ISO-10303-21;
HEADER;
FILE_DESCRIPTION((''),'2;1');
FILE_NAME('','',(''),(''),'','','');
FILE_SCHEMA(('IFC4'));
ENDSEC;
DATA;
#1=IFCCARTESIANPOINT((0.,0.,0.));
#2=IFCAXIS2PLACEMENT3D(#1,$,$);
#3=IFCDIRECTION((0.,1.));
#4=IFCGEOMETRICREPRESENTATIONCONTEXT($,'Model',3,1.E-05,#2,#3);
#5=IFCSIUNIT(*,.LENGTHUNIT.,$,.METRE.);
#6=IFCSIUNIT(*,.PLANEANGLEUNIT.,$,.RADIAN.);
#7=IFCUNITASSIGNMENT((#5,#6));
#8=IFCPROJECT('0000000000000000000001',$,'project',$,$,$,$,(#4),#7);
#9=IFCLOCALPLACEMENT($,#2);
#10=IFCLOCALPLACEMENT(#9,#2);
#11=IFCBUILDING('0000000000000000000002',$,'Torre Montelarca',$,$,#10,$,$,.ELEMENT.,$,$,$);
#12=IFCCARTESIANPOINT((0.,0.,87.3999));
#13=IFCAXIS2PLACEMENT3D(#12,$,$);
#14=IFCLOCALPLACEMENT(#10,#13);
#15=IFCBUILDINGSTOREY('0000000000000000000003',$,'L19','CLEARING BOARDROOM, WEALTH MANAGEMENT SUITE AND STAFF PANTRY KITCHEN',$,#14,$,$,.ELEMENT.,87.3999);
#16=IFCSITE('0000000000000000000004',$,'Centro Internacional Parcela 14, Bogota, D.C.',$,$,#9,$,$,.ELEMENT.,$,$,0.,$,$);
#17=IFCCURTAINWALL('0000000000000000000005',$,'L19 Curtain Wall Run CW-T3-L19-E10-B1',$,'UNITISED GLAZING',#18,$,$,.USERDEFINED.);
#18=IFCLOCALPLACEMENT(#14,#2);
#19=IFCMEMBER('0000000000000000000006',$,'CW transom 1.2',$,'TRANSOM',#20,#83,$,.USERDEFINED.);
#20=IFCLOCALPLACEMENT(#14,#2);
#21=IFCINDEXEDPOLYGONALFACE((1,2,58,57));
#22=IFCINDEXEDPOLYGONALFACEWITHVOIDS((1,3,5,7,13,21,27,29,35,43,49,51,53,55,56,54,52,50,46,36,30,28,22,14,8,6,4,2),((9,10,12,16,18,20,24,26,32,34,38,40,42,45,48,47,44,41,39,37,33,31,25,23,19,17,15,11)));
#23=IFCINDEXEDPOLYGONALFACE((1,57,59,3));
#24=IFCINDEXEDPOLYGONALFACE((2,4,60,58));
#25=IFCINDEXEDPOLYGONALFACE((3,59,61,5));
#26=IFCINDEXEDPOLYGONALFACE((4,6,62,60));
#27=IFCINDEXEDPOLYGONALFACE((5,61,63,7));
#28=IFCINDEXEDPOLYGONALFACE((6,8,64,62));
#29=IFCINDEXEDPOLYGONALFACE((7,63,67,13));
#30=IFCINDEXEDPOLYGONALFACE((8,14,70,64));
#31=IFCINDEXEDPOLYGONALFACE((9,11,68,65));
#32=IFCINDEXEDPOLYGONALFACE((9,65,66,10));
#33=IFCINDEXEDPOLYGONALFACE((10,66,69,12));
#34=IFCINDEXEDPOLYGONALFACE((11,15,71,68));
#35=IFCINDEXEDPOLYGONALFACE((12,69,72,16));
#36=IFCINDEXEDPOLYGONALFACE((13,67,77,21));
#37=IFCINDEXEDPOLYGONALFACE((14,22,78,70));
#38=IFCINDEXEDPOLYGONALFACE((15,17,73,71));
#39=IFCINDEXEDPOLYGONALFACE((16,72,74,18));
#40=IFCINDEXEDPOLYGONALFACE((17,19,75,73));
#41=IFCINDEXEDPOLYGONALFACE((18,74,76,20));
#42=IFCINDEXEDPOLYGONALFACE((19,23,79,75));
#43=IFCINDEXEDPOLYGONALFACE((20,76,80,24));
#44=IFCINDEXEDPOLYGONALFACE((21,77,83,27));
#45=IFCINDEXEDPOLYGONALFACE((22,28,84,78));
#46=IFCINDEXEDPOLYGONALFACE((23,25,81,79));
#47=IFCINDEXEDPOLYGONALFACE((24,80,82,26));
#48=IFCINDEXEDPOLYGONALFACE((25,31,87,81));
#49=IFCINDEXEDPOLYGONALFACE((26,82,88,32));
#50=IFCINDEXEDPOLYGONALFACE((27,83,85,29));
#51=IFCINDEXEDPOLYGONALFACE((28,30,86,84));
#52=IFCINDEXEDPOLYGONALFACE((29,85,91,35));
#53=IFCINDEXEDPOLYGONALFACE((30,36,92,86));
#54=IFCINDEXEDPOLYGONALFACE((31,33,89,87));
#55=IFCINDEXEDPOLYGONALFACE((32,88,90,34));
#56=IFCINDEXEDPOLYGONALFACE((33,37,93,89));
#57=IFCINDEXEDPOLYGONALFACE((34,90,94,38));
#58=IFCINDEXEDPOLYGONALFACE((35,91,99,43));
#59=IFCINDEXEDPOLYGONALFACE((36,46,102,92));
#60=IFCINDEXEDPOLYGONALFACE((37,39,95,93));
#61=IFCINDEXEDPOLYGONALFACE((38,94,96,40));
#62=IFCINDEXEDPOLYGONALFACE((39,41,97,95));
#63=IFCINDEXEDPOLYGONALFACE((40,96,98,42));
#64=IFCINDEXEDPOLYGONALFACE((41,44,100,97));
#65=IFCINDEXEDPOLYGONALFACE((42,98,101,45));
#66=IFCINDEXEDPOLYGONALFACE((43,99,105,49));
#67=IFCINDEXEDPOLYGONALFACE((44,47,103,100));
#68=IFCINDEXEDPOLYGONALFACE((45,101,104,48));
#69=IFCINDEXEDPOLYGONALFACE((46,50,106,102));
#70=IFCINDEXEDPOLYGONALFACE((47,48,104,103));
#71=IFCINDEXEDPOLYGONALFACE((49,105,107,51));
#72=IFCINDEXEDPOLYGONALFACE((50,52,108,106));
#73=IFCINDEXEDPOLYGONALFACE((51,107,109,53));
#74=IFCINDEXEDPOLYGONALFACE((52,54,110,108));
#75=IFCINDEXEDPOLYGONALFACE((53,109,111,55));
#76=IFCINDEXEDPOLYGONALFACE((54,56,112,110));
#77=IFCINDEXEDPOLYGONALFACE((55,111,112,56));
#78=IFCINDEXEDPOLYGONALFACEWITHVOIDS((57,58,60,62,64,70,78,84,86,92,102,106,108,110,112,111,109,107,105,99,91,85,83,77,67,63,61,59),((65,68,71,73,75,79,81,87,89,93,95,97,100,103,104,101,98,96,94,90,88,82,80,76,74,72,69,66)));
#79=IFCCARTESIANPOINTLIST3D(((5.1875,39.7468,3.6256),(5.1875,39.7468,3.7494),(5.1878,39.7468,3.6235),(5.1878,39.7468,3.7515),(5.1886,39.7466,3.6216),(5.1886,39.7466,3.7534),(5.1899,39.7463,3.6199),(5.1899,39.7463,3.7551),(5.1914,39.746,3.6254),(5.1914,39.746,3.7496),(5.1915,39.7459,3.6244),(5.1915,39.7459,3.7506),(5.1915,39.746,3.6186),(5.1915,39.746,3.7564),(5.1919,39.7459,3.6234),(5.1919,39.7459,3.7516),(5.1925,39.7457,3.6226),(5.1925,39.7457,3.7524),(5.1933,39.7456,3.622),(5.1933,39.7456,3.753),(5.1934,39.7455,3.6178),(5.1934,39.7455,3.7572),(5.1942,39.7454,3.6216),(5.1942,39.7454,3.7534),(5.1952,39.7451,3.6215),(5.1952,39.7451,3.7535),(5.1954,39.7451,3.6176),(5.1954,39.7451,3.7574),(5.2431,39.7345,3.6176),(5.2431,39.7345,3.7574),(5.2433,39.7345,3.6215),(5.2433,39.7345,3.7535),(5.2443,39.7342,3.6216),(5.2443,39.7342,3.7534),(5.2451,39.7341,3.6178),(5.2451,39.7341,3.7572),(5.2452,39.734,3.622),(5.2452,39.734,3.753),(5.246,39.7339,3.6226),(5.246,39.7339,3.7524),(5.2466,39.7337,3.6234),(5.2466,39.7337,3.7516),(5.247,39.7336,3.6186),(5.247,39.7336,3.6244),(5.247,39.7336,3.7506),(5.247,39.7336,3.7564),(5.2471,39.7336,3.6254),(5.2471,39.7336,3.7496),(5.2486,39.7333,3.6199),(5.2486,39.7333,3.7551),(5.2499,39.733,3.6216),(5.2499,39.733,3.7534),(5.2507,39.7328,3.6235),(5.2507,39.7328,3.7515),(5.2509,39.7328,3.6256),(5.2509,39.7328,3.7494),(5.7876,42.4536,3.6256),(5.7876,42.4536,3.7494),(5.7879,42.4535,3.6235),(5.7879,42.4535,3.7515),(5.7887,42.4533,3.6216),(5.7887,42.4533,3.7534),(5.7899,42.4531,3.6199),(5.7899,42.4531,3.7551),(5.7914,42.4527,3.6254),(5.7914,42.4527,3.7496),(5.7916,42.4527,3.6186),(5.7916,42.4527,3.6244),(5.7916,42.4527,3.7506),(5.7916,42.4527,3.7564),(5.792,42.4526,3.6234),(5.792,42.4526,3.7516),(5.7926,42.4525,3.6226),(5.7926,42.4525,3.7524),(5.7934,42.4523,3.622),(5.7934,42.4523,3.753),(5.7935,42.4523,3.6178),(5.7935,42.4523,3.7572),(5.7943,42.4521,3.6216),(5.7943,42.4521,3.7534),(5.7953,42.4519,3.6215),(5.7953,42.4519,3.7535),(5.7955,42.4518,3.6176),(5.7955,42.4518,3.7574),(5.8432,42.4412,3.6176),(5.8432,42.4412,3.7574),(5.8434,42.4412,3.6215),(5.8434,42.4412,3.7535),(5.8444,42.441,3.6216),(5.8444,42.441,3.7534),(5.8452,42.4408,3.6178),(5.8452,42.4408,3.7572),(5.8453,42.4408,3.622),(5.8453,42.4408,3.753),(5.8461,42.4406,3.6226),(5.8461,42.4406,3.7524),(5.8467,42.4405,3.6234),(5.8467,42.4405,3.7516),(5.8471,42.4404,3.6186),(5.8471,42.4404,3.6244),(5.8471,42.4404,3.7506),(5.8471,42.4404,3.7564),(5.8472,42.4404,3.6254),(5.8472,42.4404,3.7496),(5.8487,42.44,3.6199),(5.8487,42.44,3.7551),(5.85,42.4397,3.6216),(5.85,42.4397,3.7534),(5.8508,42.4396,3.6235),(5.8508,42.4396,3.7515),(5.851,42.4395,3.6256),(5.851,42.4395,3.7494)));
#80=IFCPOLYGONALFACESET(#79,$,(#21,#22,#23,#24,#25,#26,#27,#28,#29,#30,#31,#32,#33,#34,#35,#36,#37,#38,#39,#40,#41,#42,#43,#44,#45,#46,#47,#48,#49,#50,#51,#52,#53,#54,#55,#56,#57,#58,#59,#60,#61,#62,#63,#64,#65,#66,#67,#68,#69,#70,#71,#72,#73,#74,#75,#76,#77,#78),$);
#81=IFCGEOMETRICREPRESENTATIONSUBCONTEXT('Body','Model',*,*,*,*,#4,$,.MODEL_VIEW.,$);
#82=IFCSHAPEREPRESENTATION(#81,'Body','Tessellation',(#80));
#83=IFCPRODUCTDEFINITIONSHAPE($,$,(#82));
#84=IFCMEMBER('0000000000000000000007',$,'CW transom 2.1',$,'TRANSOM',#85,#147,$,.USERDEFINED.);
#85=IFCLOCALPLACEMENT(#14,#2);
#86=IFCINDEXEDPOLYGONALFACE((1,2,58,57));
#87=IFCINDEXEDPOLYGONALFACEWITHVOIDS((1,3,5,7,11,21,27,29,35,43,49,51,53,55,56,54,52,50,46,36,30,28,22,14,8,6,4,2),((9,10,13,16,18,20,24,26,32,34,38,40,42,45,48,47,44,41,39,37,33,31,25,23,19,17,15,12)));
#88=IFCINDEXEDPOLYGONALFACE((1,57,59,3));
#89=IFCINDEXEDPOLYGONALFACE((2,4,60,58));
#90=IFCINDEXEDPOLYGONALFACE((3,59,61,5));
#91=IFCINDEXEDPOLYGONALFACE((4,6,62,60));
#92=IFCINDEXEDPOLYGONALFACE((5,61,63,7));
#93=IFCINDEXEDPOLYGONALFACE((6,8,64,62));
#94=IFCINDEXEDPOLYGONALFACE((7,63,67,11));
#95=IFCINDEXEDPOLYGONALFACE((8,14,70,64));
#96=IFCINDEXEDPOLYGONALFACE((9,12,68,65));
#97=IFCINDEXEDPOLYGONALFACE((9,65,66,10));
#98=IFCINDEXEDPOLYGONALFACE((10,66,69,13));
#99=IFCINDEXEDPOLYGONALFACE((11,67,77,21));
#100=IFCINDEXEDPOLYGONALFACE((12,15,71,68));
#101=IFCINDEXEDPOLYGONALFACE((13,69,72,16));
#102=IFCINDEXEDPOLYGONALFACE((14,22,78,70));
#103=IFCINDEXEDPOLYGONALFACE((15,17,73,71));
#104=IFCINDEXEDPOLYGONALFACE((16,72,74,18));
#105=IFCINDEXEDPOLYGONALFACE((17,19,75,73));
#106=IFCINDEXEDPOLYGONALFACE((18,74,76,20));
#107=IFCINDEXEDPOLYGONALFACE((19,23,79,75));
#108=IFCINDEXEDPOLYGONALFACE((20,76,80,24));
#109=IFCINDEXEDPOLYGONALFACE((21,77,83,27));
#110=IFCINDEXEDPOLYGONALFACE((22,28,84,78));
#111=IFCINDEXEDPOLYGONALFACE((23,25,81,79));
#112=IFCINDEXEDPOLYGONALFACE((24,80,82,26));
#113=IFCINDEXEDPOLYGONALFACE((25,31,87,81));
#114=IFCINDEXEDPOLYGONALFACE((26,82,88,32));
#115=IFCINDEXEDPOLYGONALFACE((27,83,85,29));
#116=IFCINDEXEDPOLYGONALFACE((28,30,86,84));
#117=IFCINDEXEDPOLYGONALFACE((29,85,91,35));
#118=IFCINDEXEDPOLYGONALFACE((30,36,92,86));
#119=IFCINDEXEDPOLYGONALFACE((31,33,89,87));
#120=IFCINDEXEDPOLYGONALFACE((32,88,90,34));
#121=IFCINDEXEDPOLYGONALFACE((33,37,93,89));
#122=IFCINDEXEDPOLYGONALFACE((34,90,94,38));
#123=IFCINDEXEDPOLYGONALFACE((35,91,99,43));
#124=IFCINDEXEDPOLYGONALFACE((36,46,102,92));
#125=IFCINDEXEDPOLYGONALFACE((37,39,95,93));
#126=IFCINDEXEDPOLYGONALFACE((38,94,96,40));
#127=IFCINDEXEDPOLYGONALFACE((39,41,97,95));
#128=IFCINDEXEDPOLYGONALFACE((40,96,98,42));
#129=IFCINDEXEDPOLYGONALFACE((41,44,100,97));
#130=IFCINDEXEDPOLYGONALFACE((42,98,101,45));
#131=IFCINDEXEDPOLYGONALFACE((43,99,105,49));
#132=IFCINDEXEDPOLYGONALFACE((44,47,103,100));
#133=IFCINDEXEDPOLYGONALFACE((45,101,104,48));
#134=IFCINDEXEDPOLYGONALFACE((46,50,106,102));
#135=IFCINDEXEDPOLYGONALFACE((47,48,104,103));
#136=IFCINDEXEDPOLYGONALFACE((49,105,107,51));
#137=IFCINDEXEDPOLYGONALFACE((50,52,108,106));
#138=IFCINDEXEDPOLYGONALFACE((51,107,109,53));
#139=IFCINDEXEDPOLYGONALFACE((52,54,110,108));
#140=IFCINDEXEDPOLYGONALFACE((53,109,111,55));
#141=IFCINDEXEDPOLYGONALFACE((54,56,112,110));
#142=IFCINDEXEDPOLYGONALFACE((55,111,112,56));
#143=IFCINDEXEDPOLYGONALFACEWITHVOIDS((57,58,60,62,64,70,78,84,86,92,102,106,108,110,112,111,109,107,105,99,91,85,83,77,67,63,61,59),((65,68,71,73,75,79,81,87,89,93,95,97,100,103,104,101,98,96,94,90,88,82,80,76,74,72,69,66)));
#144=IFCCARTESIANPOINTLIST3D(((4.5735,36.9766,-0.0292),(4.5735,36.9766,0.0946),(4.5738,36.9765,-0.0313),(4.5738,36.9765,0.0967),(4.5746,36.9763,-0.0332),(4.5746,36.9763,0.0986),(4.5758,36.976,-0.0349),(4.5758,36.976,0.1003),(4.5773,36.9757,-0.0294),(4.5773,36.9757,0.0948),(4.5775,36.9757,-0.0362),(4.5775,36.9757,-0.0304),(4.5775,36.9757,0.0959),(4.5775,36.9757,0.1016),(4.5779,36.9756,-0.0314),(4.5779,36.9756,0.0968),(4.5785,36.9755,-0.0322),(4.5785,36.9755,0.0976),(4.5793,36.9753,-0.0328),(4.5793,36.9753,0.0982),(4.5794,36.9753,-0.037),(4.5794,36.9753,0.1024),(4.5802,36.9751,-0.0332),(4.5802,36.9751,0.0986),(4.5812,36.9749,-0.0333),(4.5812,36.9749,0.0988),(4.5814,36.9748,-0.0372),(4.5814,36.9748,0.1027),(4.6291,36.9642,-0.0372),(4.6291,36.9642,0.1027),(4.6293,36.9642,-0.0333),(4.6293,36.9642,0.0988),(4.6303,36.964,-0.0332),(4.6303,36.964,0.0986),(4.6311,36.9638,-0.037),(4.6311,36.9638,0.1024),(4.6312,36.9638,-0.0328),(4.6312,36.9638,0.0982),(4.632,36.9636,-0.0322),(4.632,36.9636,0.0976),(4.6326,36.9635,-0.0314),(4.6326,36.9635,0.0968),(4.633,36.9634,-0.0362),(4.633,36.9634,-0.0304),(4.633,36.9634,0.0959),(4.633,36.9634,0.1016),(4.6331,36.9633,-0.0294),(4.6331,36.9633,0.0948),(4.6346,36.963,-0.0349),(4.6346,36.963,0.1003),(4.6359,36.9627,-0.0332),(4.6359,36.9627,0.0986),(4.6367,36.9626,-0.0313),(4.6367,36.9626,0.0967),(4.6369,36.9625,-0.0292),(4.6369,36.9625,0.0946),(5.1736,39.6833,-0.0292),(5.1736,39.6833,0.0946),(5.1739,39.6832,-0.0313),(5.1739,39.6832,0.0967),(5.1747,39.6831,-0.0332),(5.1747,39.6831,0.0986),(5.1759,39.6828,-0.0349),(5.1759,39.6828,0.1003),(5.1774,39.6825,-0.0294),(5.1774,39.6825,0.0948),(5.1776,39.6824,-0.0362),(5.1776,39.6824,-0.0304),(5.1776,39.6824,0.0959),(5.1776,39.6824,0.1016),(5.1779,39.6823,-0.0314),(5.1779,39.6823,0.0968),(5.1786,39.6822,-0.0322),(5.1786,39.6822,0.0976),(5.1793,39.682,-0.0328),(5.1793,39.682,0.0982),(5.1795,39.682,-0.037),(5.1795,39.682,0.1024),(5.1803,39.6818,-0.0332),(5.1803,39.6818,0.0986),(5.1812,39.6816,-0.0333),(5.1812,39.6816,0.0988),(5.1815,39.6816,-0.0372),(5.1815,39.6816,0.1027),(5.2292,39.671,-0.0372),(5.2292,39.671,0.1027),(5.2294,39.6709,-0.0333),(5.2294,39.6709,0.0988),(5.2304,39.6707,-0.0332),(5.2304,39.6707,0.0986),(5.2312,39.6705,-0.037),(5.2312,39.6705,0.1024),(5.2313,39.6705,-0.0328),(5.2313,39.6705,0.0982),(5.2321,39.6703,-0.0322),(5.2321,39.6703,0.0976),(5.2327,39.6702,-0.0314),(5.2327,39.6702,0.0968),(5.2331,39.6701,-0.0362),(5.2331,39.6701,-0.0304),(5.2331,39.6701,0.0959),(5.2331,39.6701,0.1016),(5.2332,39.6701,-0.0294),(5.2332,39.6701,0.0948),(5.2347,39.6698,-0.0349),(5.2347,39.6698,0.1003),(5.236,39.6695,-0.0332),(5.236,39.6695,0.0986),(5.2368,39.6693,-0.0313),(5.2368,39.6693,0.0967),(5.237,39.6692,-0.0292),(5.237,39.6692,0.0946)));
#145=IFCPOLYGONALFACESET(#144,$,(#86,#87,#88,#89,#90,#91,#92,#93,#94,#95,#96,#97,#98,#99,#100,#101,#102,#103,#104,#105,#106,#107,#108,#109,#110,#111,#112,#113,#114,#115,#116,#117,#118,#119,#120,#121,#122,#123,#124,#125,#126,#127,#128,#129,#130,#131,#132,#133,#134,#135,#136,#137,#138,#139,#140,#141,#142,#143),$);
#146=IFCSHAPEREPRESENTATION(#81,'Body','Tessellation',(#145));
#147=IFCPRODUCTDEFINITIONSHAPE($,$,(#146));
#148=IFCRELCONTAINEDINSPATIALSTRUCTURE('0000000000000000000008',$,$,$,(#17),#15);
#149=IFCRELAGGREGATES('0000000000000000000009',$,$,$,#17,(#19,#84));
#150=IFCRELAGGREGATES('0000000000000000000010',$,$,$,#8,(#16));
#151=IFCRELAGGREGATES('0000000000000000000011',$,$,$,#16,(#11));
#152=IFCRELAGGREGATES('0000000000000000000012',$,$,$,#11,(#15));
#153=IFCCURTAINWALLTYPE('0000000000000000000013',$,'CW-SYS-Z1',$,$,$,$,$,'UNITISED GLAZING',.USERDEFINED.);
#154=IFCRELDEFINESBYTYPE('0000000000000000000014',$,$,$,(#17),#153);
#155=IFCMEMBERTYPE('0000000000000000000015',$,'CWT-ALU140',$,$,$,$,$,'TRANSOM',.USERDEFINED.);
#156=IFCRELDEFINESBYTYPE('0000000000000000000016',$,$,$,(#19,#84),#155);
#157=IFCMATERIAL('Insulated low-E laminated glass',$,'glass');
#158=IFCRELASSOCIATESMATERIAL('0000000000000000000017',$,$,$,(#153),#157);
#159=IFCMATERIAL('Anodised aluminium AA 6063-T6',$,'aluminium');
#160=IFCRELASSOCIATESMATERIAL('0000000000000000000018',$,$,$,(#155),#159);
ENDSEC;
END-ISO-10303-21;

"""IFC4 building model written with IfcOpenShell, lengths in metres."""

from ifc_helpers import new_model, si_unit, direction, frame, origin, origin_2d, place, context, subcontext, project, spatial, hollow_rectangle, extrude, source, transform, mapped, material, material_profile, profile_set, type_object, element, aggregate, save


model = new_model("IFC4")

# Units and contexts
model_context = context("Model", 3, precision=1e-05, world=origin(), true_north=direction((0.0, 1.0)))
body_context = subcontext(model_context, "Body", "Model", "MODEL_VIEW")
ifc_project = project(units=[si_unit("LENGTHUNIT", "METRE"), si_unit("PLANEANGLEUNIT", "RADIAN")], contexts=[model_context])

# Site, building, storey
site_placement = place(None, origin())
site = spatial("IfcSite", under=ifc_project, at=site_placement, Name="Centro Internacional Parcela 14, Bogota, D.C.", CompositionType="ELEMENT", RefElevation=0.0)
building_placement = place(site_placement, origin())
building = spatial("IfcBuilding", under=site, at=building_placement, Name="Torre Montelarca", CompositionType="ELEMENT")
storey_placement = place(building_placement, frame((0.0, 0.0, 87.3999)))
storey = spatial("IfcBuildingStorey", under=building, at=storey_placement, Name="L19", Description="CLEARING BOARDROOM, WEALTH MANAGEMENT SUITE AND STAFF PANTRY KITCHEN", CompositionType="ELEMENT", Elevation=87.3999)

# Shared definitions
ifc_material_1 = material(Name="Insulated low-E laminated glass", Category="glass")
curtain_wall_type = type_object("IfcCurtainWallType", Name="CW-SYS-Z1", ElementType="UNITISED GLAZING", PredefinedType="USERDEFINED", material=ifc_material_1)
ifc_material_2 = material(Name="Anodised aluminium AA 6063-T6", Category="aluminium")
ifc_material_profile_1 = material_profile(ifc_material_2, hollow_rectangle(XDim=0.0649, YDim=0.1399, WallThickness=0.0039, InnerFilletRadius=0.0039, OuterFilletRadius=0.0081, at=origin_2d()), Name="ALU65X140X4", Category="aluminium")
ifc_profile_set_1 = profile_set([ifc_material_profile_1], Name="Anodised aluminium AA 6063-T6")
member_type_1 = type_object("IfcMemberType", Name="CWT-ALU140", ElementType="TRANSOM", PredefinedType="USERDEFINED", material=ifc_profile_set_1)

# Curtain wall, members
curtain_wall_1_placement = place(storey_placement, origin())
curtain_wall_1 = element("IfcCurtainWall", 1, at=curtain_wall_1_placement, inside=storey, type_object=curtain_wall_type, Name="L19 Curtain Wall Run CW-T3-L19-E10-B1", ObjectType="UNITISED GLAZING", PredefinedType="USERDEFINED")
shared_shape_1 = source(origin(), body_context, "Body", "SweptSolid", [
    extrude(hollow_rectangle(XDim=0.0649, YDim=0.1399, WallThickness=0.0039, InnerFilletRadius=0.0039, OuterFilletRadius=0.0081, at=origin_2d()), origin(), (0.0, 0.0, 1.0), 2.7725),
])
member_1_placement = place(storey_placement, frame((5.8193, 42.4465, 3.6875), z_axis=(-0.216446, -0.976295, 0.0), x_axis=(0.976295, -0.216446, 0.0)))
member_1 = element("IfcMember", 2, at=member_1_placement, type_object=member_type_1, Name="CW transom 1.2", ObjectType="TRANSOM", PredefinedType="USERDEFINED", context=body_context, shape_type="MappedRepresentation", body=[
    mapped(shared_shape_1, transform((0.0, 0.0, 0.0), scale=1.0)),
])
member_2_placement = place(storey_placement, frame((5.2053, 39.6763, 0.0327), z_axis=(-0.216446, -0.976295, 0.0), x_axis=(0.976295, -0.216446, 0.0)))
member_2 = element("IfcMember", 3, at=member_2_placement, type_object=member_type_1, Name="CW transom 2.1", ObjectType="TRANSOM", PredefinedType="USERDEFINED", context=body_context, shape_type="MappedRepresentation", body=[
    mapped(shared_shape_1, transform((0.0, 0.0, 0.0), scale=1.0)),
])

aggregate(curtain_wall_1, [member_1, member_2])

save(model, "model.ifc")
